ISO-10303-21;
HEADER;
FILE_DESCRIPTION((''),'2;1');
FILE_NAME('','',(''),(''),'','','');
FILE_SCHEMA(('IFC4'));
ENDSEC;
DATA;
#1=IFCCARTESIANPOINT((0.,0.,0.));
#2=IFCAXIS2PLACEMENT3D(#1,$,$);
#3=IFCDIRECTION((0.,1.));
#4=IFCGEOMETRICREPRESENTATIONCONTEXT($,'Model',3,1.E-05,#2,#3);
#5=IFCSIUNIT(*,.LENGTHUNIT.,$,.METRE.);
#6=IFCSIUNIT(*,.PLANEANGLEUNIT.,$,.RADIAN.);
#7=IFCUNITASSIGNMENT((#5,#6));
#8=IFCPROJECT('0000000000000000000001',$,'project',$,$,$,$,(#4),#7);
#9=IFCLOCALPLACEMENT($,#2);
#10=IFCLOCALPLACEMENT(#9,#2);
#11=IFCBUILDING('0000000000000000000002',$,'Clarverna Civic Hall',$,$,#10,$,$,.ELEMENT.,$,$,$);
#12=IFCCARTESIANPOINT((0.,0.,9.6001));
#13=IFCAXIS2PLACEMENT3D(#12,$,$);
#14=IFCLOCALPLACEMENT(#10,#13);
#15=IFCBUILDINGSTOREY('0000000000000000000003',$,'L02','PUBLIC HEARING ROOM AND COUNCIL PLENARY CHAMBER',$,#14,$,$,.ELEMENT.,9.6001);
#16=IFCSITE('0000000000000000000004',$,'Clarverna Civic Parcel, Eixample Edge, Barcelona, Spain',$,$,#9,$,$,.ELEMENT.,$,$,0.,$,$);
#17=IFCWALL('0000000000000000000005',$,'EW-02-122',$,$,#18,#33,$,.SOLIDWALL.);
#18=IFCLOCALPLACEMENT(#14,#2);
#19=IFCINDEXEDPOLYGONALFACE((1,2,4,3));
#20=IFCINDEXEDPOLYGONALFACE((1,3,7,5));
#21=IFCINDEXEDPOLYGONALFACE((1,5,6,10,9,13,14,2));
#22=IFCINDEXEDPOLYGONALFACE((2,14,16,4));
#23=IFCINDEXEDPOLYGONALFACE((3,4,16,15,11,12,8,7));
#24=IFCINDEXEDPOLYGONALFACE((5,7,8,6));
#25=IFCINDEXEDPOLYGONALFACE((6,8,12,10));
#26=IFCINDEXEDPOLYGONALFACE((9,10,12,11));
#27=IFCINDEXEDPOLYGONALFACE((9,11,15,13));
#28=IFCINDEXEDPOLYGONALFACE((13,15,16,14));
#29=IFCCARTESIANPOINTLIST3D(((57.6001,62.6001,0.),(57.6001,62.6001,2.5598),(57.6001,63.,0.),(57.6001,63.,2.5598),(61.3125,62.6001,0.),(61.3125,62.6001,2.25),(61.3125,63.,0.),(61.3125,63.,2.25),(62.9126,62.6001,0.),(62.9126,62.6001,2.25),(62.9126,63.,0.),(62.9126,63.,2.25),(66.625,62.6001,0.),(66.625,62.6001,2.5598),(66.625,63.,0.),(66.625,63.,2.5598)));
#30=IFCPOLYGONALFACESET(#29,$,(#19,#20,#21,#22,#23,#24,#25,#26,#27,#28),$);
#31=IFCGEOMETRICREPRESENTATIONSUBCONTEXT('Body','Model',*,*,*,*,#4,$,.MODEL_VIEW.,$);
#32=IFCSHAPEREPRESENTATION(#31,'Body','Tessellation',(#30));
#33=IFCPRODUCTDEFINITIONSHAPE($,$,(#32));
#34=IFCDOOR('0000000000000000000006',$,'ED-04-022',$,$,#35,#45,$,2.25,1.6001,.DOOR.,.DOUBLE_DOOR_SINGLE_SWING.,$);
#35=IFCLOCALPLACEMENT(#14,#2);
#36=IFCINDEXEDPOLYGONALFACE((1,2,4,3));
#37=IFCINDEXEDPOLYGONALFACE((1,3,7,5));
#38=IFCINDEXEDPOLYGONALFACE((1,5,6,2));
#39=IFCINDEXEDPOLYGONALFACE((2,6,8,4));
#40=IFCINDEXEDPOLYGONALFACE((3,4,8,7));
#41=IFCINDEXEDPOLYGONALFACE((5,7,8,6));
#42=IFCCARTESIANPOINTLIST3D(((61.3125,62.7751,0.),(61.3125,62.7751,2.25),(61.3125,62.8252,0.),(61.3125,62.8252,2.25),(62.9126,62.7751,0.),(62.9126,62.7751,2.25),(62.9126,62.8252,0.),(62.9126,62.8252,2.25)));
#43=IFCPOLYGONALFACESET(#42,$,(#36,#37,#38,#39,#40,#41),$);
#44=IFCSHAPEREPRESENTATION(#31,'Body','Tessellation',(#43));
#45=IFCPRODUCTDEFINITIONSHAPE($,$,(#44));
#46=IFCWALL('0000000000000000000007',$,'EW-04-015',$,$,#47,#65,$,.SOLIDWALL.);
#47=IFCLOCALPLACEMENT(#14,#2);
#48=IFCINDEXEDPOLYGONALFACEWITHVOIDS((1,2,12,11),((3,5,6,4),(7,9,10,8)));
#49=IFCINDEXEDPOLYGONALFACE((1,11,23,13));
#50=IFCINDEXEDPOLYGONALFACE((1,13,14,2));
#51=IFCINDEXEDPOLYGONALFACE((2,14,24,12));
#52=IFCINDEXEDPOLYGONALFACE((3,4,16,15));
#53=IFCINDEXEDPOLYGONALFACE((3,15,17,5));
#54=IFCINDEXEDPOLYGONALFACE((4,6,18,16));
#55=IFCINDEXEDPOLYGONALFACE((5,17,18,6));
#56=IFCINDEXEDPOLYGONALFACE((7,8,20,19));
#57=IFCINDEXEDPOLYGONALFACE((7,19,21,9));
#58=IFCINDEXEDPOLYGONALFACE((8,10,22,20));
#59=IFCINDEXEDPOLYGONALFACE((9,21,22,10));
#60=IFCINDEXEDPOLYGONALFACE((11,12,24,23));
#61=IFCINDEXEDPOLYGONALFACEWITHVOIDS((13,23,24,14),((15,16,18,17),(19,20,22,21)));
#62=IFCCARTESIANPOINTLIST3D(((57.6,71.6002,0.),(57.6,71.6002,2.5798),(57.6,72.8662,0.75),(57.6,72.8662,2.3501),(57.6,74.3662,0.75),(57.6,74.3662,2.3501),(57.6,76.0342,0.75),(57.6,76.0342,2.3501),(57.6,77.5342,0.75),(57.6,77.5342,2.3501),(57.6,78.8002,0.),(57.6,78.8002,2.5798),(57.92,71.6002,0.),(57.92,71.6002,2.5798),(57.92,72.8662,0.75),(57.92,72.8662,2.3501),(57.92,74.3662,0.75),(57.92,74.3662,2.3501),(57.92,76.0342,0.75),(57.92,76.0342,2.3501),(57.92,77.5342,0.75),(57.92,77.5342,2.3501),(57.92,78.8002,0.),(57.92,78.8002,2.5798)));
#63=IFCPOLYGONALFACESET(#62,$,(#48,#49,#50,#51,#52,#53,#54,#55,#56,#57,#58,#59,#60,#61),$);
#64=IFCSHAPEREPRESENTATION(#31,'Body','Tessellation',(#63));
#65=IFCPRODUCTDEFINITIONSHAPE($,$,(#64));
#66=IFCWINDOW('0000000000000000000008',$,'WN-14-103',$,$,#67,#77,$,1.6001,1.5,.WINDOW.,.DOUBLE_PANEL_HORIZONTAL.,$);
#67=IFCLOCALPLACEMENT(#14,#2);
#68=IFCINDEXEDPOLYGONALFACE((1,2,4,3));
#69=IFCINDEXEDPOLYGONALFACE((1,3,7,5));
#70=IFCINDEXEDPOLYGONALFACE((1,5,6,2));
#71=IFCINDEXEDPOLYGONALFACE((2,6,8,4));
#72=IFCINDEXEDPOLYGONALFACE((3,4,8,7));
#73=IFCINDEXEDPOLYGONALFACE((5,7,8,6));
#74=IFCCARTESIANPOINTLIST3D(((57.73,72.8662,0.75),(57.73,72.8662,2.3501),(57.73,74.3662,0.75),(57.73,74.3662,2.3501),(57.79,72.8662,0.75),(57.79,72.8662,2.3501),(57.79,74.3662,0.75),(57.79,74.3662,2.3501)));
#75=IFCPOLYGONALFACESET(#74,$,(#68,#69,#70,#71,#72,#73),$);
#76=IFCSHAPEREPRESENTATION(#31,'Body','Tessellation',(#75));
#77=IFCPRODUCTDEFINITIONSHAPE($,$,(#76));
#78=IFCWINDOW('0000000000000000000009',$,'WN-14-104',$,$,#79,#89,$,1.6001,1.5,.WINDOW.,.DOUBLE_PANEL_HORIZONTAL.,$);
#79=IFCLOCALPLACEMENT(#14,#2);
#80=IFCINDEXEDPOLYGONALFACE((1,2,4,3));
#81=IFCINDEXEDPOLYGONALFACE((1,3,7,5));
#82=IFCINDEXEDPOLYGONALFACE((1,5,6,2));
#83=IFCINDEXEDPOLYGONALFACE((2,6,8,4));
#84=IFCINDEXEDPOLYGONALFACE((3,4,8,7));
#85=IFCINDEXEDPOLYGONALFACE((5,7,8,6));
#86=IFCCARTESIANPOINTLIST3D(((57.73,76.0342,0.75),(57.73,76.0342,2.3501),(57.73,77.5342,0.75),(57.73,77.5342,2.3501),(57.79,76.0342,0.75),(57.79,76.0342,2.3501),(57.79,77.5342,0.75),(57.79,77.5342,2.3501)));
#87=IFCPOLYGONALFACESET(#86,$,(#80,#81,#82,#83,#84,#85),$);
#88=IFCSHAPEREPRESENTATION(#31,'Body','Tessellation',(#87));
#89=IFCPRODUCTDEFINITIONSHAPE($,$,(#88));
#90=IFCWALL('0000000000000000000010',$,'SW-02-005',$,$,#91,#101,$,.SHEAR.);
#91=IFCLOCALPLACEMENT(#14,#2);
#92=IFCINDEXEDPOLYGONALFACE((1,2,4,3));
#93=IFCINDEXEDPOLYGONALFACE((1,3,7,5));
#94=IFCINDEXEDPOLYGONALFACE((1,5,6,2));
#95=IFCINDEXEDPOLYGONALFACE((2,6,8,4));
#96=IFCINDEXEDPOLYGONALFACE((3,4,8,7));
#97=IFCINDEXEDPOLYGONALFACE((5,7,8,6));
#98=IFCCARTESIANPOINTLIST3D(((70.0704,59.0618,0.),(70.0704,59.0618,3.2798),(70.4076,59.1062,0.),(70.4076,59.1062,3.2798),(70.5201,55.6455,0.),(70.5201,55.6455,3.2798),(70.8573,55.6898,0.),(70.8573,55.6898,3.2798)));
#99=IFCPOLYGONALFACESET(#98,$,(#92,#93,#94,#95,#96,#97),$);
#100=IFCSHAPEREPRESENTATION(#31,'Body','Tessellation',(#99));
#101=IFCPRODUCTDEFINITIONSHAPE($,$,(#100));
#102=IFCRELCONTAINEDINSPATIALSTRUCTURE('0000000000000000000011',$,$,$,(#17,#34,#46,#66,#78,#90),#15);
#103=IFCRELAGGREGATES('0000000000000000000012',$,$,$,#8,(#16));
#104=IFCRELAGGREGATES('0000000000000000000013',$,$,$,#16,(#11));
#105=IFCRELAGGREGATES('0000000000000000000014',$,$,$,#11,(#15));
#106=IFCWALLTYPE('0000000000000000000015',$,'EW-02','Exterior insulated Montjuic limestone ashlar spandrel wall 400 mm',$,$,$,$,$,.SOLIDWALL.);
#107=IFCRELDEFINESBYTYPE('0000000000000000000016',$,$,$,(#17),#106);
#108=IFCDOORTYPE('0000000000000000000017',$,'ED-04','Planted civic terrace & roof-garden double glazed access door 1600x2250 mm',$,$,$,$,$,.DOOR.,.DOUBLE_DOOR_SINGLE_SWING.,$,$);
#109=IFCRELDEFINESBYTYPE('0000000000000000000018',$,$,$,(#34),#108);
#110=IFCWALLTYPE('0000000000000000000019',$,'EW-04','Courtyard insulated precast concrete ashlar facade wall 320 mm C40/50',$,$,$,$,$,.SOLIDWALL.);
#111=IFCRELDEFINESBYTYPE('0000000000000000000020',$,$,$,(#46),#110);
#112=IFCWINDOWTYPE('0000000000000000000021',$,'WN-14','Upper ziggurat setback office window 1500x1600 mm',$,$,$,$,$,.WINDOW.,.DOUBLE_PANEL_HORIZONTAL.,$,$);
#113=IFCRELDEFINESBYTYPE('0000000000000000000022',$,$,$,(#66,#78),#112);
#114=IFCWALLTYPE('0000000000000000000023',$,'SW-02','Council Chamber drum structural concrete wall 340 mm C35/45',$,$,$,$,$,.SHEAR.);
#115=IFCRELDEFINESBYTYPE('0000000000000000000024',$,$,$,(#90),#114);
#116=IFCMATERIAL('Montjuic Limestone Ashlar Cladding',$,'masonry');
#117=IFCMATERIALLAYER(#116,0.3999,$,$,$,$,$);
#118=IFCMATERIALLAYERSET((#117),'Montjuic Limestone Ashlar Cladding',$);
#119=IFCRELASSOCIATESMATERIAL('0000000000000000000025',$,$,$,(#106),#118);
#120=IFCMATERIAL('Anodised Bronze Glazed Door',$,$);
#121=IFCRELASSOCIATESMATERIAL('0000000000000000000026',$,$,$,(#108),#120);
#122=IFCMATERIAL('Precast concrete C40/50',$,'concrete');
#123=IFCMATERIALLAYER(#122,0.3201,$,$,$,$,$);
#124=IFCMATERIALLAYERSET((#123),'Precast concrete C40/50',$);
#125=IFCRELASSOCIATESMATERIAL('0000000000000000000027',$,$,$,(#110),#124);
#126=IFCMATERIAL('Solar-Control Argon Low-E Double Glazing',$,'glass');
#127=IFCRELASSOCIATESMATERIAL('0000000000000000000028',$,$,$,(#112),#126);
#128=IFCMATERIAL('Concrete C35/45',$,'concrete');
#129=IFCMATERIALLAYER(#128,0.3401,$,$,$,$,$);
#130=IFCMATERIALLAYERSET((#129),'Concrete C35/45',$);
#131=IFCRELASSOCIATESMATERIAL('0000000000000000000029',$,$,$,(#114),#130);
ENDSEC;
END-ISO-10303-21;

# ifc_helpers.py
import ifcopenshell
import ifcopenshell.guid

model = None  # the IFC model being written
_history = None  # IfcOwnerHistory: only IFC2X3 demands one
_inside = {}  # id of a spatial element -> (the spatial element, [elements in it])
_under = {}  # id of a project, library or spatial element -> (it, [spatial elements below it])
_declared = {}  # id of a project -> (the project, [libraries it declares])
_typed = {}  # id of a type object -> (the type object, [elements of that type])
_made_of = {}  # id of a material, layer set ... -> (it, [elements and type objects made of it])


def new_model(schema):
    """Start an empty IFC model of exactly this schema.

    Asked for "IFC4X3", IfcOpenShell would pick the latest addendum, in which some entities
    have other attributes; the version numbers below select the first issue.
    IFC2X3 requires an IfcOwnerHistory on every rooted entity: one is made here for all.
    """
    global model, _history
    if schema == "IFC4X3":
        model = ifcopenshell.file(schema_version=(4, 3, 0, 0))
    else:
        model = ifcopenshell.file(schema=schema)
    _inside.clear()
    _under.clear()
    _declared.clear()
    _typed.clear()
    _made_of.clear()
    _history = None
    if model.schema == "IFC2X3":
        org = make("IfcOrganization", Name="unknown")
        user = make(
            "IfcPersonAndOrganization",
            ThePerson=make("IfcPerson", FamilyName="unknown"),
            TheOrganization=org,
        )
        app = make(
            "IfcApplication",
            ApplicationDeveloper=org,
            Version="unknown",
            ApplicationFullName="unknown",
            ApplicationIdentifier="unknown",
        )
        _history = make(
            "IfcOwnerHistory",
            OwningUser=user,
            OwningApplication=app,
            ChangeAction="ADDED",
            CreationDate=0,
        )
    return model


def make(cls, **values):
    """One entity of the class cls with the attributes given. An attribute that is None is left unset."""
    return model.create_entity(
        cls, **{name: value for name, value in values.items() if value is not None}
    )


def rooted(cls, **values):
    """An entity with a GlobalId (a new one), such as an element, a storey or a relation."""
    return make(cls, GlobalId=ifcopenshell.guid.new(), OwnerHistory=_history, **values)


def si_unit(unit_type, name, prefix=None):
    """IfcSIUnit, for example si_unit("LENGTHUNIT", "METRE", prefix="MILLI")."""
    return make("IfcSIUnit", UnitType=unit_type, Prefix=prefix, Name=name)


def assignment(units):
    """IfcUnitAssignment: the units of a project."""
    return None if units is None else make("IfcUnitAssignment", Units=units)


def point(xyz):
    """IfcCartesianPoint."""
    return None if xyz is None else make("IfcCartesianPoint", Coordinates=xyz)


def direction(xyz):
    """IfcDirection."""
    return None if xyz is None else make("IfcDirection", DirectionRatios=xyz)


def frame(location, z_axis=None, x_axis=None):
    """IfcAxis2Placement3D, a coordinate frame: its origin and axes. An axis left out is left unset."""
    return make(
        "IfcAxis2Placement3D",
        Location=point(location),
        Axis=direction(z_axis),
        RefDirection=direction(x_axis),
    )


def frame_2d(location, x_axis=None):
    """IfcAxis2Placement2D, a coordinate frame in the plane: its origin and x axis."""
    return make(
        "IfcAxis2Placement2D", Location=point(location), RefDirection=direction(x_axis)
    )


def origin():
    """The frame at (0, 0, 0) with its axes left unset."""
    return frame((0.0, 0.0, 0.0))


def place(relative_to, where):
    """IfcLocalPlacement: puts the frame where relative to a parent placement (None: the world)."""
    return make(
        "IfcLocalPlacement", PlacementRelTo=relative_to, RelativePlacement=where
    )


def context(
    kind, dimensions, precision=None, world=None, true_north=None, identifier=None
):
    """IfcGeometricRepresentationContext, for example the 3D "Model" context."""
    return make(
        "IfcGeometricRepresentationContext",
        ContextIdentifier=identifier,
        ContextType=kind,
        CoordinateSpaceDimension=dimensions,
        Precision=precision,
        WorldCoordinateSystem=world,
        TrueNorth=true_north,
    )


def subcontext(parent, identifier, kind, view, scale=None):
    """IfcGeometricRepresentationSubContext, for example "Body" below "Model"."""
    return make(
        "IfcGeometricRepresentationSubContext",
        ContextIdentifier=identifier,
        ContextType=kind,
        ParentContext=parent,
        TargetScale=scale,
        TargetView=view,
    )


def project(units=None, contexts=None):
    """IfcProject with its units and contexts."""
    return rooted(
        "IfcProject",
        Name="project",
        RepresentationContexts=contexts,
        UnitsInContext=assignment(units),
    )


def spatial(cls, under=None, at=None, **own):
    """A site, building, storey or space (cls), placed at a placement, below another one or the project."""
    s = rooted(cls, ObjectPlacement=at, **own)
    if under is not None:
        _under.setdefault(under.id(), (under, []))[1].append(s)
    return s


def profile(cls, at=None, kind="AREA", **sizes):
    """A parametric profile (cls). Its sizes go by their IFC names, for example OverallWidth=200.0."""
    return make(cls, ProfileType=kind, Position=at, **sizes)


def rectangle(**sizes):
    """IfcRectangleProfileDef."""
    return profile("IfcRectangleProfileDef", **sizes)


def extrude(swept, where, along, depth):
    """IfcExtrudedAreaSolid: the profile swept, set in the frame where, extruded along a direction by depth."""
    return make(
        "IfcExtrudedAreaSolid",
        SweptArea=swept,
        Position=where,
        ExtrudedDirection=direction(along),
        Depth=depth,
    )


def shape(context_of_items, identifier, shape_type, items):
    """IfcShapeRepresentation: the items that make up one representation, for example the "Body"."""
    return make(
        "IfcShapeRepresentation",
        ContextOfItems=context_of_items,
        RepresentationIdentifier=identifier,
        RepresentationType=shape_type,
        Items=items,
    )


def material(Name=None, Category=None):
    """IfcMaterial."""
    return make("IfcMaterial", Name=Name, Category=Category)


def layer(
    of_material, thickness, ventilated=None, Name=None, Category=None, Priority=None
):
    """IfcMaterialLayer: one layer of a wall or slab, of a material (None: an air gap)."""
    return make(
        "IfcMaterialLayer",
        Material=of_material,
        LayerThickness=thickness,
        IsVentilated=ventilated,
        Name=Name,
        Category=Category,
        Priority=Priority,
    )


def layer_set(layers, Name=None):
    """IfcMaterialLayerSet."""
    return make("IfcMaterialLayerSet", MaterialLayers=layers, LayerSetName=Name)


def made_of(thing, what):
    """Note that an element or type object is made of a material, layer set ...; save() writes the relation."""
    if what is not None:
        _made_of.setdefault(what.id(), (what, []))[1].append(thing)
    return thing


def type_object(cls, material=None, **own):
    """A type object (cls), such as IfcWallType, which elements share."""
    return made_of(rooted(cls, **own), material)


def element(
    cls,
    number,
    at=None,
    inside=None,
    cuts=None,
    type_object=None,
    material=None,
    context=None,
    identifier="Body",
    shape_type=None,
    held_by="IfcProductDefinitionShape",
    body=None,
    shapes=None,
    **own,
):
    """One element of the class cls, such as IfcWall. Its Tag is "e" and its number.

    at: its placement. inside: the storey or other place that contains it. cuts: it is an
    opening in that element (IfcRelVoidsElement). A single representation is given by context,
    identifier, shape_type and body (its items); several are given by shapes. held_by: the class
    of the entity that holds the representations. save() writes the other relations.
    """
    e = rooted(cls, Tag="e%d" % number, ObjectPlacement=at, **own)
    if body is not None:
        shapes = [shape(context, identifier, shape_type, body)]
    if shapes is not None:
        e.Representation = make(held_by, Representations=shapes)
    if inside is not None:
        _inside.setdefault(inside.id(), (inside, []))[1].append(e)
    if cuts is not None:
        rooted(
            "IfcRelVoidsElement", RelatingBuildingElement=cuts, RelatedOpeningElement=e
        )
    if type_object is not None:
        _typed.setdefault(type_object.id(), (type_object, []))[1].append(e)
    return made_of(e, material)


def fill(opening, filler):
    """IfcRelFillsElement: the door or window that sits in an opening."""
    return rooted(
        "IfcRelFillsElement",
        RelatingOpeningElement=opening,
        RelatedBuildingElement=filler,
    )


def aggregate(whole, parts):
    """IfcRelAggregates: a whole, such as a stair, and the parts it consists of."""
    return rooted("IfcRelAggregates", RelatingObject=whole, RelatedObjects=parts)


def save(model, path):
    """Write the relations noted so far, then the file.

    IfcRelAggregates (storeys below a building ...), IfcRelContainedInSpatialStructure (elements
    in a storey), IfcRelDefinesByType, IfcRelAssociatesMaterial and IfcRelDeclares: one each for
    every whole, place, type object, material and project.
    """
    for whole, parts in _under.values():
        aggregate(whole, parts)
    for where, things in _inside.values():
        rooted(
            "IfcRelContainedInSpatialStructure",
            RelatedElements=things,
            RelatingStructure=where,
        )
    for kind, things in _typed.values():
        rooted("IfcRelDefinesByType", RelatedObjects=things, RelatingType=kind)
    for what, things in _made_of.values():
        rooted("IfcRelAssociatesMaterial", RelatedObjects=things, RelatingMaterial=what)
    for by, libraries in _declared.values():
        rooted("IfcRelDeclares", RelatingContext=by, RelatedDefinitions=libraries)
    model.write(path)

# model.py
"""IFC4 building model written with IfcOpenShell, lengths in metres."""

from ifc_helpers import new_model, si_unit, direction, frame, frame_2d, origin, place, context, subcontext, project, spatial, rectangle, extrude, material, layer, layer_set, type_object, element, fill, save


model = new_model("IFC4")

# Units and contexts
model_context = context("Model", 3, precision=1e-05, world=origin(), true_north=direction((0.0, 1.0)))
body_context = subcontext(model_context, "Body", "Model", "MODEL_VIEW")
ifc_project = project(units=[si_unit("LENGTHUNIT", "METRE"), si_unit("PLANEANGLEUNIT", "RADIAN")], contexts=[model_context])

# Site, building, storey
site_placement = place(None, origin())
site = spatial("IfcSite", under=ifc_project, at=site_placement, Name="Clarverna Civic Parcel, Eixample Edge, Barcelona, Spain", CompositionType="ELEMENT", RefElevation=0.0)
building_placement = place(site_placement, origin())
building = spatial("IfcBuilding", under=site, at=building_placement, Name="Clarverna Civic Hall", CompositionType="ELEMENT")
storey_placement = place(building_placement, frame((0.0, 0.0, 9.6001)))
storey = spatial("IfcBuildingStorey", under=building, at=storey_placement, Name="L02", Description="PUBLIC HEARING ROOM AND COUNCIL PLENARY CHAMBER", CompositionType="ELEMENT", Elevation=9.6001)

# Shared definitions
ifc_material_1 = material(Name="Concrete C35/45", Category="concrete")

# Wall, opening, door
ifc_material_2 = material(Name="Montjuic Limestone Ashlar Cladding", Category="masonry")
ifc_layer_1 = layer(ifc_material_2, 0.3999)
ifc_layer_set_1 = layer_set([ifc_layer_1], Name="Montjuic Limestone Ashlar Cladding")
wall_type_1 = type_object("IfcWallType", Name="EW-02", Description="Exterior insulated Montjuic limestone ashlar spandrel wall 400 mm", PredefinedType="SOLIDWALL", material=ifc_layer_set_1)
wall_1_placement = place(storey_placement, frame((66.625, 62.8, 0.0), z_axis=(0.0, 0.0, 1.0), x_axis=(-1.0, 0.0, 0.0)))
wall_1 = element("IfcWall", 1, at=wall_1_placement, inside=storey, type_object=wall_type_1, Name="EW-02-122", PredefinedType="SOLIDWALL", context=body_context, shape_type="SweptSolid", body=[
    extrude(rectangle(XDim=9.0249, YDim=0.3999, at=frame_2d((4.5125, 0.0))), origin(), (0.0, 0.0, 1.0), 2.5598),
])
opening_1_placement = place(wall_1_placement, frame((3.7124, 0.0, 0.0)))
opening_1 = element("IfcOpeningElement", 2, at=opening_1_placement, cuts=wall_1, PredefinedType="OPENING", context=body_context, shape_type="SweptSolid", body=[
    extrude(rectangle(XDim=1.6001, YDim=2.25, at=frame_2d((0.8, 1.125))), frame((0.0, 0.21, 0.0), z_axis=(0.0, -1.0, 0.0), x_axis=(1.0, 0.0, 0.0)), (0.0, 0.0, 1.0), 0.4199),
])
ifc_material_3 = material(Name="Anodised Bronze Glazed Door")
door_type = type_object("IfcDoorType", Name="ED-04", Description="Planted civic terrace & roof-garden double glazed access door 1600x2250 mm", OperationType="DOUBLE_DOOR_SINGLE_SWING", PredefinedType="DOOR", material=ifc_material_3)
door_placement = place(opening_1_placement, origin())
door = element("IfcDoor", 3, at=door_placement, inside=storey, type_object=door_type, Name="ED-04-022", OperationType="DOUBLE_DOOR_SINGLE_SWING", OverallHeight=2.25, OverallWidth=1.6001, PredefinedType="DOOR", context=body_context, shape_type="SweptSolid", body=[
    extrude(rectangle(XDim=1.6001, YDim=2.25, at=frame_2d((0.8, 1.125))), frame((0.0, 0.0249, 0.0), z_axis=(0.0, -1.0, 0.0), x_axis=(1.0, 0.0, 0.0)), (0.0, 0.0, 1.0), 0.05),
])
fill(opening_1, door)

# Wall, openings, windows
ifc_material_4 = material(Name="Precast concrete C40/50", Category="concrete")
ifc_layer_2 = layer(ifc_material_4, 0.3201)
ifc_layer_set_2 = layer_set([ifc_layer_2], Name="Precast concrete C40/50")
wall_type_2 = type_object("IfcWallType", Name="EW-04", Description="Courtyard insulated precast concrete ashlar facade wall 320 mm C40/50", PredefinedType="SOLIDWALL", material=ifc_layer_set_2)
wall_2_placement = place(storey_placement, frame((57.76, 71.6001, 0.0), z_axis=(0.0, 0.0, 1.0), x_axis=(0.0, 1.0, 0.0)))
wall_2 = element("IfcWall", 4, at=wall_2_placement, inside=storey, type_object=wall_type_2, Name="EW-04-015", PredefinedType="SOLIDWALL", context=body_context, shape_type="SweptSolid", body=[
    extrude(rectangle(XDim=7.2, YDim=0.3201, at=frame_2d((3.6001, 0.0))), origin(), (0.0, 0.0, 1.0), 2.5798),
])
opening_2_placement = place(wall_2_placement, frame((1.2661, 0.0, 0.75)))
opening_2 = element("IfcOpeningElement", 5, at=opening_2_placement, cuts=wall_2, PredefinedType="OPENING", context=body_context, shape_type="SweptSolid", body=[
    extrude(rectangle(XDim=1.5, YDim=1.6001, at=frame_2d((0.75, 0.8))), frame((0.0, 0.1699, 0.0), z_axis=(0.0, -1.0, 0.0), x_axis=(1.0, 0.0, 0.0)), (0.0, 0.0, 1.0), 0.3401),
])
opening_3_placement = place(wall_2_placement, frame((4.4341, 0.0, 0.75)))
opening_3 = element("IfcOpeningElement", 6, at=opening_3_placement, cuts=wall_2, PredefinedType="OPENING", context=body_context, shape_type="SweptSolid", body=[
    extrude(rectangle(XDim=1.5, YDim=1.6001, at=frame_2d((0.75, 0.8))), frame((0.0, 0.1699, 0.0), z_axis=(0.0, -1.0, 0.0), x_axis=(1.0, 0.0, 0.0)), (0.0, 0.0, 1.0), 0.3401),
])
ifc_material_5 = material(Name="Solar-Control Argon Low-E Double Glazing", Category="glass")
window_type = type_object("IfcWindowType", Name="WN-14", Description="Upper ziggurat setback office window 1500x1600 mm", PartitioningType="DOUBLE_PANEL_HORIZONTAL", PredefinedType="WINDOW", material=ifc_material_5)
window_1_placement = place(opening_2_placement, origin())
window_1 = element("IfcWindow", 7, at=window_1_placement, inside=storey, type_object=window_type, Name="WN-14-103", OverallHeight=1.6001, OverallWidth=1.5, PartitioningType="DOUBLE_PANEL_HORIZONTAL", PredefinedType="WINDOW", context=body_context, shape_type="SweptSolid", body=[
    extrude(rectangle(XDim=1.5, YDim=1.6001, at=frame_2d((0.75, 0.8))), frame((0.0, 0.03, 0.0), z_axis=(0.0, -1.0, 0.0), x_axis=(1.0, 0.0, 0.0)), (0.0, 0.0, 1.0), 0.0601),
])
fill(opening_2, window_1)
window_2_placement = place(opening_3_placement, origin())
window_2 = element("IfcWindow", 8, at=window_2_placement, inside=storey, type_object=window_type, Name="WN-14-104", OverallHeight=1.6001, OverallWidth=1.5, PartitioningType="DOUBLE_PANEL_HORIZONTAL", PredefinedType="WINDOW", context=body_context, shape_type="SweptSolid", body=[
    extrude(rectangle(XDim=1.5, YDim=1.6001, at=frame_2d((0.75, 0.8))), frame((0.0, 0.03, 0.0), z_axis=(0.0, -1.0, 0.0), x_axis=(1.0, 0.0, 0.0)), (0.0, 0.0, 1.0), 0.0601),
])
fill(opening_3, window_2)

# Wall
ifc_layer_3 = layer(ifc_material_1, 0.3401)
ifc_layer_set_3 = layer_set([ifc_layer_3], Name="Concrete C35/45")
wall_type_3 = type_object("IfcWallType", Name="SW-02", Description="Council Chamber drum structural concrete wall 340 mm C35/45", PredefinedType="SHEAR", material=ifc_layer_set_3)
wall_3_placement = place(storey_placement, frame((70.239, 59.084, 0.0), z_axis=(0.0, 0.0, 1.0), x_axis=(0.130511, -0.991447, 0.0)))
element("IfcWall", 9, at=wall_3_placement, inside=storey, type_object=wall_type_3, Name="SW-02-005", PredefinedType="SHEAR", context=body_context, shape_type="SweptSolid", body=[
    extrude(rectangle(XDim=3.4458, YDim=0.3401, at=frame_2d((1.7229, 0.0))), origin(), (0.0, 0.0, 1.0), 3.2798),
])

save(model, "model.ifc")
